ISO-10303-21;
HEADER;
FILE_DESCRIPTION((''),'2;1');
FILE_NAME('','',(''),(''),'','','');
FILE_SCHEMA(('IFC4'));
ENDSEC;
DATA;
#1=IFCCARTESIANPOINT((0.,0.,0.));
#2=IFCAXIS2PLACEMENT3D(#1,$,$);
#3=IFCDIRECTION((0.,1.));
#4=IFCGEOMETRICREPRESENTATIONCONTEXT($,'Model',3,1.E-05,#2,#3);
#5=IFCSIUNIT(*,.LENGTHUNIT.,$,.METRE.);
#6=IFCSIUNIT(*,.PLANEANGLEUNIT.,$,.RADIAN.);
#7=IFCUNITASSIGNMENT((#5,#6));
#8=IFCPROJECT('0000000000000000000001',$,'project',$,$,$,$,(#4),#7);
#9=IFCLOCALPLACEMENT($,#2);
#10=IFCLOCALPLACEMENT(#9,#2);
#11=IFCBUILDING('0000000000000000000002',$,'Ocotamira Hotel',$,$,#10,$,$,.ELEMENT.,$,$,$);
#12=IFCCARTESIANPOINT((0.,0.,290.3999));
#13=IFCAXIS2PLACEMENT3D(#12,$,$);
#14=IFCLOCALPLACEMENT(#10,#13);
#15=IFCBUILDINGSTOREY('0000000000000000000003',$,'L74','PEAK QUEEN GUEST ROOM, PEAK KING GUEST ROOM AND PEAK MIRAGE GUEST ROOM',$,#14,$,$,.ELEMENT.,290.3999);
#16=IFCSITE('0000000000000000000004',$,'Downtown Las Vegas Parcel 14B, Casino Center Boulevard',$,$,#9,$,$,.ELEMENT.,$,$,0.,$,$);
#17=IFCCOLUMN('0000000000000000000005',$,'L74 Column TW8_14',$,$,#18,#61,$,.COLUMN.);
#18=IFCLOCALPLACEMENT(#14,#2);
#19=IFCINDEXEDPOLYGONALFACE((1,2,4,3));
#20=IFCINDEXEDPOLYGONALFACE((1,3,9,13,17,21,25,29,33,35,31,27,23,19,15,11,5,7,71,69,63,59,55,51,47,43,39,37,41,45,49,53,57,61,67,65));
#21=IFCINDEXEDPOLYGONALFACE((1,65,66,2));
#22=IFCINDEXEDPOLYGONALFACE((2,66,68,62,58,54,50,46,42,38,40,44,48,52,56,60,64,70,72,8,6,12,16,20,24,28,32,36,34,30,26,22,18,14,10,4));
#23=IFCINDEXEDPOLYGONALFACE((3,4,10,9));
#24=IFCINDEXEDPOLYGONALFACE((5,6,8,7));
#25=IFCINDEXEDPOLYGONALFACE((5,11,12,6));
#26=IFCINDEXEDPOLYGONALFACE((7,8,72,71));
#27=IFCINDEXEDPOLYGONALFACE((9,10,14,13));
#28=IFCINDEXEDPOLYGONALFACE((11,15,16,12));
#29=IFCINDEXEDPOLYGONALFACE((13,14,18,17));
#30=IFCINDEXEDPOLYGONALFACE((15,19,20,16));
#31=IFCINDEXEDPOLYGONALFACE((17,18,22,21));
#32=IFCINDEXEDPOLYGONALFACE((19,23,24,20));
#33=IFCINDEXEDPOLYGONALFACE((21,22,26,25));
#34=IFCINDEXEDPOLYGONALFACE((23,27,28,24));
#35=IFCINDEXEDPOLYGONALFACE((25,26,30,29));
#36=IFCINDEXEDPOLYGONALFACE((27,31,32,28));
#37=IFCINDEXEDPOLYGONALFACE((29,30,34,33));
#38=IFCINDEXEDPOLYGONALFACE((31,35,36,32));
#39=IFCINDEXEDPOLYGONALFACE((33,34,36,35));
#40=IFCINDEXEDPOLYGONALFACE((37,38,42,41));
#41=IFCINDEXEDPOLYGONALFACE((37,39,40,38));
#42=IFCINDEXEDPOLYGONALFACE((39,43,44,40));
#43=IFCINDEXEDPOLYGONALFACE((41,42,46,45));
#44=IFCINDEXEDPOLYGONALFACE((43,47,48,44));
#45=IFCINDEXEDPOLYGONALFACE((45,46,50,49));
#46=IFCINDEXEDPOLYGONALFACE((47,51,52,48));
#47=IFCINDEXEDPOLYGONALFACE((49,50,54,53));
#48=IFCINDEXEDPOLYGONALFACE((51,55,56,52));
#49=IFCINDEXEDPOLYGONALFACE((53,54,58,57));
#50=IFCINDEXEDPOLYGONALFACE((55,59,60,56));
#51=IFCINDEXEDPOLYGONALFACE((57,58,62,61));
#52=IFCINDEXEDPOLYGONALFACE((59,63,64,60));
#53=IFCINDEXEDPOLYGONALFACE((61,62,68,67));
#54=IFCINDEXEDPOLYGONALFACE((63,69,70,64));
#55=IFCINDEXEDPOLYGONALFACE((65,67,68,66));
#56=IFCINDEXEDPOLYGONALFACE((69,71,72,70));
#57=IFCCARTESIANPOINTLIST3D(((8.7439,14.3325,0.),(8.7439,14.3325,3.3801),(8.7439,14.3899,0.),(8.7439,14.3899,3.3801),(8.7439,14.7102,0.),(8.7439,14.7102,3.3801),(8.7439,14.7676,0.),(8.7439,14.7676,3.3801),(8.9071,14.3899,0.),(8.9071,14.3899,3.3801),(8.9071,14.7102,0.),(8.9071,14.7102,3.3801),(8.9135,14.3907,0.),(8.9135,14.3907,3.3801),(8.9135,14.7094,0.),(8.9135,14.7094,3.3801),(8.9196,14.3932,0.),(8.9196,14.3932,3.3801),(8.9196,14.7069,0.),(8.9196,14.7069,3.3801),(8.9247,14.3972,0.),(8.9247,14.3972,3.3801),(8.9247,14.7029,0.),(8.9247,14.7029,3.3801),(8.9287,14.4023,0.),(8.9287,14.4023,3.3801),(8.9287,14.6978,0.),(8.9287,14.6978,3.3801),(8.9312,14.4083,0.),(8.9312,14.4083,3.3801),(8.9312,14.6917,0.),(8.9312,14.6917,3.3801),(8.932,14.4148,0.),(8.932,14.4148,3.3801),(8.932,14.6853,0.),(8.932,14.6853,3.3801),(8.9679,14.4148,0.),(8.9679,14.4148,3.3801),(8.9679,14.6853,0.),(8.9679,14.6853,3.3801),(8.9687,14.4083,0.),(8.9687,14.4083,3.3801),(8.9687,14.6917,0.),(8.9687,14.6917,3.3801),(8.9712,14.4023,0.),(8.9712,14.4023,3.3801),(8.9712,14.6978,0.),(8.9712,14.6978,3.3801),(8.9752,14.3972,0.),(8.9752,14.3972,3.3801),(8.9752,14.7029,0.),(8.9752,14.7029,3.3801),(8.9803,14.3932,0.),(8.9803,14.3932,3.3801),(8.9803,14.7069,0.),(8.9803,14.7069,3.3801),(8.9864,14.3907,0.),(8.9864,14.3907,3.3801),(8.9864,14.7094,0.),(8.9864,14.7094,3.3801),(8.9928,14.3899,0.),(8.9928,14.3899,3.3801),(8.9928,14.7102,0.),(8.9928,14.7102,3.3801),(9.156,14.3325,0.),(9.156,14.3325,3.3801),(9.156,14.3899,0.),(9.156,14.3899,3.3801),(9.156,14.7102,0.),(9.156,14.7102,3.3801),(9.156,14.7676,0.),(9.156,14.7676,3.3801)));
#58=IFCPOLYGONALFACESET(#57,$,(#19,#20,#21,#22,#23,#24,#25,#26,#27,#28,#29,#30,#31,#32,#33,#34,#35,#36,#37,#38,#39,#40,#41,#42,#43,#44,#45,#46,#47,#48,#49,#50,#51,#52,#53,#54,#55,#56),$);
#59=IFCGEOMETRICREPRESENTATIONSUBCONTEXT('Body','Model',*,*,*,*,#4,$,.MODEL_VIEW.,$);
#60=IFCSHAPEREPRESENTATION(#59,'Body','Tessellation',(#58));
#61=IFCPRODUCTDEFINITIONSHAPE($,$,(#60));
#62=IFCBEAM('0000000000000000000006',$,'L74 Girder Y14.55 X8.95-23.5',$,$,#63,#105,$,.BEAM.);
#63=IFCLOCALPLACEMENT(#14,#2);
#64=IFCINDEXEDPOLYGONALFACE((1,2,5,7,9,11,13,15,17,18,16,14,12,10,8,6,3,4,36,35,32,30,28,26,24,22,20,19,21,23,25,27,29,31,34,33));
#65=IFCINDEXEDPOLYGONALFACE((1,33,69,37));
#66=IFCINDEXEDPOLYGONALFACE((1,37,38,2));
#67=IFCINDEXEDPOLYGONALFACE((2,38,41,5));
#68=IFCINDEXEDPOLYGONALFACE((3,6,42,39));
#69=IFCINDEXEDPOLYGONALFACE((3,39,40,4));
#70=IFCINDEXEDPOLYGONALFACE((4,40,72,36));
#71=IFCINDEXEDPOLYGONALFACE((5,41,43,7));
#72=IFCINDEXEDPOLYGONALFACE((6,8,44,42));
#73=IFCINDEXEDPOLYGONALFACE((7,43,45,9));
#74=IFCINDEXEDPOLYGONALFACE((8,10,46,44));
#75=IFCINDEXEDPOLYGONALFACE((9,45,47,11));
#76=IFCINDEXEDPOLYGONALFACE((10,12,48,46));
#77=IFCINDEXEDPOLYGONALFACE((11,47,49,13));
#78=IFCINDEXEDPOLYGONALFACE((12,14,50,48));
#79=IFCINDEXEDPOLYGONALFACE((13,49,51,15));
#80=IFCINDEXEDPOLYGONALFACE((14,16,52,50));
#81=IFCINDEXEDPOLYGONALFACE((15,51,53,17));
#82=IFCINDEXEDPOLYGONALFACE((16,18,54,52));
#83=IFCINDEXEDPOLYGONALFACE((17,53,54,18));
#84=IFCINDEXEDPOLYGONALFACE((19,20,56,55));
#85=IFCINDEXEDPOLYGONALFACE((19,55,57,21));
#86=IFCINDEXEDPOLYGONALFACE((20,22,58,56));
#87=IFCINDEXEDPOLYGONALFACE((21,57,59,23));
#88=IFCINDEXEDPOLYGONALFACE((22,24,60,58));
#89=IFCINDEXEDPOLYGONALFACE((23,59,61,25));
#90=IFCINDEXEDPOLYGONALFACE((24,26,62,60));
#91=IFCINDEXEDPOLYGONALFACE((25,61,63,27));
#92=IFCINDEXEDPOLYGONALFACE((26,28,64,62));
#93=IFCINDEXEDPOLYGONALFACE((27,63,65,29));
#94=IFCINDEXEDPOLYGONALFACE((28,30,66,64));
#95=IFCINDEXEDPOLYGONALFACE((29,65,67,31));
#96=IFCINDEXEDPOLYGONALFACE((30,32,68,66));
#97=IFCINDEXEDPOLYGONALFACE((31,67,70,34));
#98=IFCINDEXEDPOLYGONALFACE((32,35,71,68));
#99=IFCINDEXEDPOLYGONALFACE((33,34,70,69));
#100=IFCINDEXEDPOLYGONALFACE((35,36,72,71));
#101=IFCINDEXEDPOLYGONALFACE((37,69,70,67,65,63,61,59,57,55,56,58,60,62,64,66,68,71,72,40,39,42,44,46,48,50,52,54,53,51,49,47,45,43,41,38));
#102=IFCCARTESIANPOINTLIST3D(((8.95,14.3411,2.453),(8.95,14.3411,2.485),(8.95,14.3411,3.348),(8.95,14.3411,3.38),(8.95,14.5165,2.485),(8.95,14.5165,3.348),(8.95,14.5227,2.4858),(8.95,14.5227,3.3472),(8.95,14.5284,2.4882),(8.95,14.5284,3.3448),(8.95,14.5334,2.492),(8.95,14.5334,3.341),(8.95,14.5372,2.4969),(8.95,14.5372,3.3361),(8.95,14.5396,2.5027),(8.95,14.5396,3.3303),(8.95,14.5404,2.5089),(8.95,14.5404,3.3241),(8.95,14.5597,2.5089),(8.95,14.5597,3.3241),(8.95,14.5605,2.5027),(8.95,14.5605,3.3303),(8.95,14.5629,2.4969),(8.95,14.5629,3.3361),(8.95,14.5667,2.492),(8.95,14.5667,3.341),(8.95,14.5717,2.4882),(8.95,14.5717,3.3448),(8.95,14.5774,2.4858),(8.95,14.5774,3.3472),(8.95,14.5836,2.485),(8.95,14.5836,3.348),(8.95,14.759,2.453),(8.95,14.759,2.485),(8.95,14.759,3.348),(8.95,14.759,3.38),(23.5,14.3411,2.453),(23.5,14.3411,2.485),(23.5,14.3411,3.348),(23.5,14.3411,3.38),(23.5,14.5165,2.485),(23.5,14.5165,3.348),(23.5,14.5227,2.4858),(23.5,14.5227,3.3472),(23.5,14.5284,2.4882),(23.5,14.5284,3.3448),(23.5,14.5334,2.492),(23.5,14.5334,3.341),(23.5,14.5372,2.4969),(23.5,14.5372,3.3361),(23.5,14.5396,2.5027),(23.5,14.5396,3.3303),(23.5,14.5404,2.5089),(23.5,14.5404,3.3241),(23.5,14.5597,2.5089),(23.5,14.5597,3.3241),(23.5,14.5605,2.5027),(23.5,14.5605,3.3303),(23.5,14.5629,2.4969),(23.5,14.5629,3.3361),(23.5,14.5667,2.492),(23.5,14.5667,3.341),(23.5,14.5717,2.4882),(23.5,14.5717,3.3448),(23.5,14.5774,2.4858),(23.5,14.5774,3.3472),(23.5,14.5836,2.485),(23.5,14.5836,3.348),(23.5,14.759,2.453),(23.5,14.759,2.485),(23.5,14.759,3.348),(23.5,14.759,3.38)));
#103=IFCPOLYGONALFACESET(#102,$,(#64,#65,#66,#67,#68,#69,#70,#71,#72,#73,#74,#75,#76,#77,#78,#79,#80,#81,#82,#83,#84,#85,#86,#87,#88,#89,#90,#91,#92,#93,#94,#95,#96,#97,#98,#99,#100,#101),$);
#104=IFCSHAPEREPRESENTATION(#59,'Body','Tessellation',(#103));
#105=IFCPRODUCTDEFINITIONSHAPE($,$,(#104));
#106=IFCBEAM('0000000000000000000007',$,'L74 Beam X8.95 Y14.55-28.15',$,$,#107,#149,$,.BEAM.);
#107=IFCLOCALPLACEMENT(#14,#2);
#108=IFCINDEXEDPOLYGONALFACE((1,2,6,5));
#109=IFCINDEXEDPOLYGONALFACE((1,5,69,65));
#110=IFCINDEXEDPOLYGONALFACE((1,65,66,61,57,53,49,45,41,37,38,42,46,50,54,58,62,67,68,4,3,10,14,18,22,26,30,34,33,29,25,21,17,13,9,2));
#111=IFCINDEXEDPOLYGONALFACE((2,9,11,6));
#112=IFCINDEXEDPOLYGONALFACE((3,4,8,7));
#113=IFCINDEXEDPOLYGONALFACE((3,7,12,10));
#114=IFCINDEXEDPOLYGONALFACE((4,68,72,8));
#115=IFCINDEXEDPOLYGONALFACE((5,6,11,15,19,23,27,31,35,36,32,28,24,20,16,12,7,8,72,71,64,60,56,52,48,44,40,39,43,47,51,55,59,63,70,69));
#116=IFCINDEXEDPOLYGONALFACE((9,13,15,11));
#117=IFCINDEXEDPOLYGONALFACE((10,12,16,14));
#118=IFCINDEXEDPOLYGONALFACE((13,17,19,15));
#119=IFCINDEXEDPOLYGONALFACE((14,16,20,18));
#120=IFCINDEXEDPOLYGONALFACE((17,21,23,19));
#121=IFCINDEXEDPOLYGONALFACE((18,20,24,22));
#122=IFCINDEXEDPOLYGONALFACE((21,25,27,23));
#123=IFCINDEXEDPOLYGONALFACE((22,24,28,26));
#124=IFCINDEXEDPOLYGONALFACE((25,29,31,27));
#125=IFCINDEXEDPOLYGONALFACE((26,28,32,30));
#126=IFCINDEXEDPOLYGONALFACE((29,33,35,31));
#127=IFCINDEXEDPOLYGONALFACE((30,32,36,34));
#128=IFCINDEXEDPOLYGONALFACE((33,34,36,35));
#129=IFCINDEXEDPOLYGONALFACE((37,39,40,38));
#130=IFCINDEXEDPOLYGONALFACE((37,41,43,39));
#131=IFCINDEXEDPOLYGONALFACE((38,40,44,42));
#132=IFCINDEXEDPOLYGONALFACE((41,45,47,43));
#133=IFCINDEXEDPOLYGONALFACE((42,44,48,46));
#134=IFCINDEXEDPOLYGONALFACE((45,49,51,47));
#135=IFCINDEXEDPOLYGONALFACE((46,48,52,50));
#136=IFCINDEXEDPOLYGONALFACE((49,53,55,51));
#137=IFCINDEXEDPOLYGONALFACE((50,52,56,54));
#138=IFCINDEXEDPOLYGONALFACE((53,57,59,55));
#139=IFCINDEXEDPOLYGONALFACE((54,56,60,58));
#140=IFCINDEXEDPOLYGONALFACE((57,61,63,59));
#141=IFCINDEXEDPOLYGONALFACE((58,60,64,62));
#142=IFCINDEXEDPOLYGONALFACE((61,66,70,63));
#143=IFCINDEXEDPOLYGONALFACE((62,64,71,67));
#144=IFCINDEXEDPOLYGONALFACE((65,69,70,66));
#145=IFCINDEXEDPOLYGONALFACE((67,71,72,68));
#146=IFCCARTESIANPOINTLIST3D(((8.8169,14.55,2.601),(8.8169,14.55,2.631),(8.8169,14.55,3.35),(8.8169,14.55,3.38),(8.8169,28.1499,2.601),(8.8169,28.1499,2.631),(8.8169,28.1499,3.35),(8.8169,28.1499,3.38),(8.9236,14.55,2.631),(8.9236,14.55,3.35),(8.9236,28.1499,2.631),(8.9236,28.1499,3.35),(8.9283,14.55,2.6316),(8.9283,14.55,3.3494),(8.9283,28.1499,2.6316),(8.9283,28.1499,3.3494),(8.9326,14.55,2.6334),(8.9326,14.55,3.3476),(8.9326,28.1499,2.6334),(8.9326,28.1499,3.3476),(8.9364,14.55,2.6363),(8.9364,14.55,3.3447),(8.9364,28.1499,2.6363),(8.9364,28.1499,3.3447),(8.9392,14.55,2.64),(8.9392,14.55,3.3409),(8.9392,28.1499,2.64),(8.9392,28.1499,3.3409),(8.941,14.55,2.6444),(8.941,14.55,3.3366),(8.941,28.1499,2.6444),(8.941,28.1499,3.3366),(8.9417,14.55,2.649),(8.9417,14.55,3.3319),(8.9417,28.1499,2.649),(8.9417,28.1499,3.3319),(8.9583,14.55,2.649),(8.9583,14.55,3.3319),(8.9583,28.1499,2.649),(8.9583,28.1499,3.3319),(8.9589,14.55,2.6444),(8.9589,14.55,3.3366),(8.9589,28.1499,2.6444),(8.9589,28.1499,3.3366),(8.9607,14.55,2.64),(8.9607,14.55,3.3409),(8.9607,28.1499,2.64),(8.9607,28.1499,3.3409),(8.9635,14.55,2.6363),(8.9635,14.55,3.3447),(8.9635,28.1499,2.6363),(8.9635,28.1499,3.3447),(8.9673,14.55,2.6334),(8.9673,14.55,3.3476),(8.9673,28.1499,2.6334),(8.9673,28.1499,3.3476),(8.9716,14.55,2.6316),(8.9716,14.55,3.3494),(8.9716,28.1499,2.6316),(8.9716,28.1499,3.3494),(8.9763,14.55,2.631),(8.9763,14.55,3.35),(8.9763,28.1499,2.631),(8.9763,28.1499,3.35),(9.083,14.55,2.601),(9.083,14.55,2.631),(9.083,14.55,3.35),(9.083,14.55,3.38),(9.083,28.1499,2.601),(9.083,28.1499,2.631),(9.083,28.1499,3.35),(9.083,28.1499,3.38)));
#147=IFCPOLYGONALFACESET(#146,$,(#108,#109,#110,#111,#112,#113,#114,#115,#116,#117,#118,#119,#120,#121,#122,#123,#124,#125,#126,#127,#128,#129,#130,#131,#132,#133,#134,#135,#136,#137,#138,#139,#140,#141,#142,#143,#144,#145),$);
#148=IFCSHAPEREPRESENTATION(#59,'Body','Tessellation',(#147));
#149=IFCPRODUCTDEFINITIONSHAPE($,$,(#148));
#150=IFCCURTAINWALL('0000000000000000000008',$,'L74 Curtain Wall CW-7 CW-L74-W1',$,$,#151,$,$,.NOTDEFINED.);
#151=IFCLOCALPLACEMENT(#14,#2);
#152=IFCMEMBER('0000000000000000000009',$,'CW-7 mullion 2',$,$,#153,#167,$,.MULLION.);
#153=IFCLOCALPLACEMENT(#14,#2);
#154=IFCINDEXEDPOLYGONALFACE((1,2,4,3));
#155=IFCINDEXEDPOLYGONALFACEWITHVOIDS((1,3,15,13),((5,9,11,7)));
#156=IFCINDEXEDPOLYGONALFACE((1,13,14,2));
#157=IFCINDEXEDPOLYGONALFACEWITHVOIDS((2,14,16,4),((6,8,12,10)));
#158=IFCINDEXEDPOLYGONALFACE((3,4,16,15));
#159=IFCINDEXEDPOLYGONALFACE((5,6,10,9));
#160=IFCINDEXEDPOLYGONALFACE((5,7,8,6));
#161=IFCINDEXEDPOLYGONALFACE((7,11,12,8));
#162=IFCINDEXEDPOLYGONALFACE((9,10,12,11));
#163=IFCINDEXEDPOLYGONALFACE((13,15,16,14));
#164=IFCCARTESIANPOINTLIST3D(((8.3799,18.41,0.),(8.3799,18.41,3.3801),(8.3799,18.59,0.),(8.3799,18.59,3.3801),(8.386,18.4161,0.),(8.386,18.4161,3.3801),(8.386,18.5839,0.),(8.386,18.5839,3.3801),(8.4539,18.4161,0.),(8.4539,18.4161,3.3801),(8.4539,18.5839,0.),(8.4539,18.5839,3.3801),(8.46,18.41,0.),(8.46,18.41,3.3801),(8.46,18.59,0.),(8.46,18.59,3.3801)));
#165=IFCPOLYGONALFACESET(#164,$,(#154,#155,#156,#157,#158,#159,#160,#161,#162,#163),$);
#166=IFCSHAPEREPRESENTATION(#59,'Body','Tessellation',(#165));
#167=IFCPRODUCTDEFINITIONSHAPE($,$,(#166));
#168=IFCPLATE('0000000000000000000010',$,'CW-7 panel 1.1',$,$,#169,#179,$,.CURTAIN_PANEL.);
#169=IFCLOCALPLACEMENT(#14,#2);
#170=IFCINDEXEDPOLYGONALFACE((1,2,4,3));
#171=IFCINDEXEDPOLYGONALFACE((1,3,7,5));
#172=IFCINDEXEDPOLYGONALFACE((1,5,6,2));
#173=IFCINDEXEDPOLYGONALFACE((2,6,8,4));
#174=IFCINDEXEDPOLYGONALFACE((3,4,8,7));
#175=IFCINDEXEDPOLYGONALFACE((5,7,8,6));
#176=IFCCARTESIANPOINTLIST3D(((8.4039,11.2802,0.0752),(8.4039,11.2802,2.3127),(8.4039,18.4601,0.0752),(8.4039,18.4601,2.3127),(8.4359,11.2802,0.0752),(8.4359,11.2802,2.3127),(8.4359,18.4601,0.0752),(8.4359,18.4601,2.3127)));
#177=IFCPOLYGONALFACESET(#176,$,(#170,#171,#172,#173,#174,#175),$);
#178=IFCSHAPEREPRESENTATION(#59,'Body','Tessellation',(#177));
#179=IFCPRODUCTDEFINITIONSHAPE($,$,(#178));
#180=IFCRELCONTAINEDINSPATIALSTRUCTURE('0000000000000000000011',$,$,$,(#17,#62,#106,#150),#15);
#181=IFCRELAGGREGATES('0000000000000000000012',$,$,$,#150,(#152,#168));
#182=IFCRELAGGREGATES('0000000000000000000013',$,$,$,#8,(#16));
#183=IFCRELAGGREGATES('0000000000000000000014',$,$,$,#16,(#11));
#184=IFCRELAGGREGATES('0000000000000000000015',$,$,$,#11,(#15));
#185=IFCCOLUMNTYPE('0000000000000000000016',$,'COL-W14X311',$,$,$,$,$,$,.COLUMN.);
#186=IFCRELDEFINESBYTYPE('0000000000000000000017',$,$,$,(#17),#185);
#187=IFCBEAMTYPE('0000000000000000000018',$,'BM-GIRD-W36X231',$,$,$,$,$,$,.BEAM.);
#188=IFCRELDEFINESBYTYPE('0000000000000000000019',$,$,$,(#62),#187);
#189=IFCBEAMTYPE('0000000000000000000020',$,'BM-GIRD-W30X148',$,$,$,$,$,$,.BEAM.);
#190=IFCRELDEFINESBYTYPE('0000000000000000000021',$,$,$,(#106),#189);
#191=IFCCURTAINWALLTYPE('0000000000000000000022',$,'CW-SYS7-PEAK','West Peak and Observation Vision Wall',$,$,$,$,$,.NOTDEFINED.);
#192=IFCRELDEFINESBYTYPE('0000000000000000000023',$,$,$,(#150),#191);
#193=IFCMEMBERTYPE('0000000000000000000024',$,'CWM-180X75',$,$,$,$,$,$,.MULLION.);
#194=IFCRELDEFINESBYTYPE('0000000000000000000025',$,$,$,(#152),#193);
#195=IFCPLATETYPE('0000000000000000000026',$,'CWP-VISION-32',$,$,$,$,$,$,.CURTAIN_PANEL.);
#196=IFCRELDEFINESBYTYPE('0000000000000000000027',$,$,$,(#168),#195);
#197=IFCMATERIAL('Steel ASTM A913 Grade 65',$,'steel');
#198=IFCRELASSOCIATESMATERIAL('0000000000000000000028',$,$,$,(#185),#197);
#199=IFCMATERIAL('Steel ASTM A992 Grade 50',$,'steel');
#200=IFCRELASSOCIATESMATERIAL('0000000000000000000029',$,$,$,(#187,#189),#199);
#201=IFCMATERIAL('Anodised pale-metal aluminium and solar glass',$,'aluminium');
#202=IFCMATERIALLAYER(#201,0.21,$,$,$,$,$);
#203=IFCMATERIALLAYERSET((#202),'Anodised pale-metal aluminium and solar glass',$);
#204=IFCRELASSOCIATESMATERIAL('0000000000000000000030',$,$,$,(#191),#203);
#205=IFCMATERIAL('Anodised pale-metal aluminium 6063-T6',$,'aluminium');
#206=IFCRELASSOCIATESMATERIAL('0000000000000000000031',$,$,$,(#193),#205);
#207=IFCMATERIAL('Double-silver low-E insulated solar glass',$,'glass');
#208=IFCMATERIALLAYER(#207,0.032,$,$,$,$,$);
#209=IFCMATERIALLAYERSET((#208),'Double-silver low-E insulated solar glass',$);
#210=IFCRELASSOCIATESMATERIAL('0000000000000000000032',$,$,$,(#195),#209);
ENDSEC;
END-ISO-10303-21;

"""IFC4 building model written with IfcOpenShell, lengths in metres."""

from ifc_helpers import new_model, si_unit, direction, frame, origin, origin_2d, place, context, subcontext, project, spatial, rectangle, hollow_rectangle, i_section, extrude, source, transform, mapped, material, layer, layer_set, material_profile, profile_set, type_object, element, aggregate, save


model = new_model("IFC4")

# Units and contexts
model_context = context("Model", 3, precision=1e-05, world=origin(), true_north=direction((0.0, 1.0)))
body_context = subcontext(model_context, "Body", "Model", "MODEL_VIEW")
ifc_project = project(units=[si_unit("LENGTHUNIT", "METRE"), si_unit("PLANEANGLEUNIT", "RADIAN")], contexts=[model_context])

# Site, building, storey
site_placement = place(None, origin())
site = spatial("IfcSite", under=ifc_project, at=site_placement, Name="Downtown Las Vegas Parcel 14B, Casino Center Boulevard", CompositionType="ELEMENT", RefElevation=0.0)
building_placement = place(site_placement, origin())
building = spatial("IfcBuilding", under=site, at=building_placement, Name="Ocotamira Hotel", CompositionType="ELEMENT")
storey_placement = place(building_placement, frame((0.0, 0.0, 290.3999)))
storey = spatial("IfcBuildingStorey", under=building, at=storey_placement, Name="L74", Description="PEAK QUEEN GUEST ROOM, PEAK KING GUEST ROOM AND PEAK MIRAGE GUEST ROOM", CompositionType="ELEMENT", Elevation=290.3999)

# Column
ifc_material_1 = material(Name="Steel ASTM A913 Grade 65", Category="steel")
ifc_material_profile_1 = material_profile(ifc_material_1, i_section(OverallWidth=0.4121, OverallDepth=0.4351, WebThickness=0.0359, FlangeThickness=0.0574, FilletRadius=0.0249, at=origin_2d()), Name="W14X311")
ifc_profile_set_1 = profile_set([ifc_material_profile_1], Name="Steel ASTM A913 Grade 65")
column_type = type_object("IfcColumnType", Name="COL-W14X311", PredefinedType="COLUMN", material=ifc_profile_set_1)
shared_shape_1 = source(origin(), body_context, "Body", "SweptSolid", [
    extrude(i_section(OverallWidth=0.4121, OverallDepth=0.4351, WebThickness=0.0359, FlangeThickness=0.0574, FilletRadius=0.0249, at=origin_2d()), origin(), (0.0, 0.0, 1.0), 3.3801),
])
column_placement = place(storey_placement, frame((8.95, 14.55, 0.0), z_axis=(0.0, 0.0, 1.0), x_axis=(1.0, 0.0, 0.0)))
element("IfcColumn", 1, at=column_placement, inside=storey, type_object=column_type, Name="L74 Column TW8_14", PredefinedType="COLUMN", context=body_context, shape_type="MappedRepresentation", body=[
    mapped(shared_shape_1, transform((0.0, 0.0, 0.0), scale=1.0)),
])

# Beams
ifc_material_2 = material(Name="Steel ASTM A992 Grade 50", Category="steel")
ifc_material_profile_2 = material_profile(ifc_material_2, i_section(OverallWidth=0.418, OverallDepth=0.927, WebThickness=0.0193, FlangeThickness=0.032, FilletRadius=0.0239, at=origin_2d()), Name="W36X231")
ifc_profile_set_2 = profile_set([ifc_material_profile_2], Name="Steel ASTM A992 Grade 50")
beam_type_1 = type_object("IfcBeamType", Name="BM-GIRD-W36X231", PredefinedType="BEAM", material=ifc_profile_set_2)
shared_shape_2 = source(origin(), body_context, "Body", "SweptSolid", [
    extrude(i_section(OverallWidth=0.418, OverallDepth=0.927, WebThickness=0.0193, FlangeThickness=0.032, FilletRadius=0.0239, at=origin_2d()), origin(), (0.0, 0.0, 1.0), 14.55),
])
beam_1_placement = place(storey_placement, frame((8.95, 14.55, 2.9165), z_axis=(1.0, 0.0, 0.0), x_axis=(0.0, 1.0, 0.0)))
element("IfcBeam", 2, at=beam_1_placement, inside=storey, type_object=beam_type_1, Name="L74 Girder Y14.55 X8.95-23.5", PredefinedType="BEAM", context=body_context, shape_type="MappedRepresentation", body=[
    mapped(shared_shape_2, transform((0.0, 0.0, 0.0), scale=1.0)),
])
ifc_material_profile_3 = material_profile(ifc_material_2, i_section(OverallWidth=0.2661, OverallDepth=0.7791, WebThickness=0.0166, FlangeThickness=0.03, FilletRadius=0.0181, at=origin_2d()), Name="W30X148")
ifc_profile_set_3 = profile_set([ifc_material_profile_3], Name="Steel ASTM A992 Grade 50")
beam_type_2 = type_object("IfcBeamType", Name="BM-GIRD-W30X148", PredefinedType="BEAM", material=ifc_profile_set_3)
shared_shape_3 = source(origin(), body_context, "Body", "SweptSolid", [
    extrude(i_section(OverallWidth=0.2661, OverallDepth=0.7791, WebThickness=0.0166, FlangeThickness=0.03, FilletRadius=0.0181, at=origin_2d()), origin(), (0.0, 0.0, 1.0), 13.5999),
])
beam_2_placement = place(storey_placement, frame((8.95, 14.55, 2.9905), z_axis=(0.0, 1.0, 0.0), x_axis=(-1.0, 0.0, 0.0)))
element("IfcBeam", 3, at=beam_2_placement, inside=storey, type_object=beam_type_2, Name="L74 Beam X8.95 Y14.55-28.15", PredefinedType="BEAM", context=body_context, shape_type="MappedRepresentation", body=[
    mapped(shared_shape_3, transform((0.0, 0.0, 0.0), scale=1.0)),
])

# Curtain wall, member, plate
ifc_material_3 = material(Name="Anodised pale-metal aluminium and solar glass", Category="aluminium")
ifc_layer_1 = layer(ifc_material_3, 0.21)
ifc_layer_set_1 = layer_set([ifc_layer_1], Name="Anodised pale-metal aluminium and solar glass")
curtain_wall_type = type_object("IfcCurtainWallType", Name="CW-SYS7-PEAK", Description="West Peak and Observation Vision Wall", PredefinedType="NOTDEFINED", material=ifc_layer_set_1)
curtain_wall_placement = place(storey_placement, origin())
curtain_wall = element("IfcCurtainWall", 4, at=curtain_wall_placement, inside=storey, type_object=curtain_wall_type, Name="L74 Curtain Wall CW-7 CW-L74-W1", PredefinedType="NOTDEFINED")
ifc_material_4 = material(Name="Anodised pale-metal aluminium 6063-T6", Category="aluminium")
ifc_material_profile_4 = material_profile(ifc_material_4, hollow_rectangle(XDim=0.0801, YDim=0.1799, WallThickness=0.0061, at=origin_2d()), Name="HSS180X80X6")
ifc_profile_set_4 = profile_set([ifc_material_profile_4], Name="Anodised pale-metal aluminium 6063-T6")
member_type = type_object("IfcMemberType", Name="CWM-180X75", PredefinedType="MULLION", material=ifc_profile_set_4)
shared_shape_4 = source(origin(), body_context, "Body", "SweptSolid", [
    extrude(hollow_rectangle(XDim=0.0801, YDim=0.1799, WallThickness=0.0061, at=origin_2d()), origin(), (0.0, 0.0, 1.0), 3.3801),
])
member_placement = place(storey_placement, frame((8.4199, 18.5, 0.0), z_axis=(0.0, 0.0, 1.0), x_axis=(-1.0, 0.0, 0.0)))
member = element("IfcMember", 5, at=member_placement, type_object=member_type, Name="CW-7 mullion 2", PredefinedType="MULLION", context=body_context, shape_type="MappedRepresentation", body=[
    mapped(shared_shape_4, transform((0.0, 0.0, 0.0), scale=1.0)),
])
ifc_material_5 = material(Name="Double-silver low-E insulated solar glass", Category="glass")
ifc_layer_2 = layer(ifc_material_5, 0.032)
ifc_layer_set_2 = layer_set([ifc_layer_2], Name="Double-silver low-E insulated solar glass")
plate_type = type_object("IfcPlateType", Name="CWP-VISION-32", PredefinedType="CURTAIN_PANEL", material=ifc_layer_set_2)
shared_shape_5 = source(origin(), body_context, "Body", "SweptSolid", [
    extrude(rectangle(XDim=7.1799, YDim=0.032, at=origin_2d()), origin(), (0.0, 0.0, 1.0), 2.2375),
])
plate_1_placement = place(storey_placement, frame((8.4199, 14.8701, 0.0752), z_axis=(0.0, 0.0, 1.0), x_axis=(0.0, 1.0, 0.0)))
plate_1 = element("IfcPlate", 6, at=plate_1_placement, type_object=plate_type, Name="CW-7 panel 1.1", PredefinedType="CURTAIN_PANEL", context=body_context, shape_type="MappedRepresentation", body=[
    mapped(shared_shape_5, transform((0.0, 0.0, 0.0), scale=1.0)),
])
aggregate(curtain_wall, [member, plate_1])

save(model, "model.ifc")
